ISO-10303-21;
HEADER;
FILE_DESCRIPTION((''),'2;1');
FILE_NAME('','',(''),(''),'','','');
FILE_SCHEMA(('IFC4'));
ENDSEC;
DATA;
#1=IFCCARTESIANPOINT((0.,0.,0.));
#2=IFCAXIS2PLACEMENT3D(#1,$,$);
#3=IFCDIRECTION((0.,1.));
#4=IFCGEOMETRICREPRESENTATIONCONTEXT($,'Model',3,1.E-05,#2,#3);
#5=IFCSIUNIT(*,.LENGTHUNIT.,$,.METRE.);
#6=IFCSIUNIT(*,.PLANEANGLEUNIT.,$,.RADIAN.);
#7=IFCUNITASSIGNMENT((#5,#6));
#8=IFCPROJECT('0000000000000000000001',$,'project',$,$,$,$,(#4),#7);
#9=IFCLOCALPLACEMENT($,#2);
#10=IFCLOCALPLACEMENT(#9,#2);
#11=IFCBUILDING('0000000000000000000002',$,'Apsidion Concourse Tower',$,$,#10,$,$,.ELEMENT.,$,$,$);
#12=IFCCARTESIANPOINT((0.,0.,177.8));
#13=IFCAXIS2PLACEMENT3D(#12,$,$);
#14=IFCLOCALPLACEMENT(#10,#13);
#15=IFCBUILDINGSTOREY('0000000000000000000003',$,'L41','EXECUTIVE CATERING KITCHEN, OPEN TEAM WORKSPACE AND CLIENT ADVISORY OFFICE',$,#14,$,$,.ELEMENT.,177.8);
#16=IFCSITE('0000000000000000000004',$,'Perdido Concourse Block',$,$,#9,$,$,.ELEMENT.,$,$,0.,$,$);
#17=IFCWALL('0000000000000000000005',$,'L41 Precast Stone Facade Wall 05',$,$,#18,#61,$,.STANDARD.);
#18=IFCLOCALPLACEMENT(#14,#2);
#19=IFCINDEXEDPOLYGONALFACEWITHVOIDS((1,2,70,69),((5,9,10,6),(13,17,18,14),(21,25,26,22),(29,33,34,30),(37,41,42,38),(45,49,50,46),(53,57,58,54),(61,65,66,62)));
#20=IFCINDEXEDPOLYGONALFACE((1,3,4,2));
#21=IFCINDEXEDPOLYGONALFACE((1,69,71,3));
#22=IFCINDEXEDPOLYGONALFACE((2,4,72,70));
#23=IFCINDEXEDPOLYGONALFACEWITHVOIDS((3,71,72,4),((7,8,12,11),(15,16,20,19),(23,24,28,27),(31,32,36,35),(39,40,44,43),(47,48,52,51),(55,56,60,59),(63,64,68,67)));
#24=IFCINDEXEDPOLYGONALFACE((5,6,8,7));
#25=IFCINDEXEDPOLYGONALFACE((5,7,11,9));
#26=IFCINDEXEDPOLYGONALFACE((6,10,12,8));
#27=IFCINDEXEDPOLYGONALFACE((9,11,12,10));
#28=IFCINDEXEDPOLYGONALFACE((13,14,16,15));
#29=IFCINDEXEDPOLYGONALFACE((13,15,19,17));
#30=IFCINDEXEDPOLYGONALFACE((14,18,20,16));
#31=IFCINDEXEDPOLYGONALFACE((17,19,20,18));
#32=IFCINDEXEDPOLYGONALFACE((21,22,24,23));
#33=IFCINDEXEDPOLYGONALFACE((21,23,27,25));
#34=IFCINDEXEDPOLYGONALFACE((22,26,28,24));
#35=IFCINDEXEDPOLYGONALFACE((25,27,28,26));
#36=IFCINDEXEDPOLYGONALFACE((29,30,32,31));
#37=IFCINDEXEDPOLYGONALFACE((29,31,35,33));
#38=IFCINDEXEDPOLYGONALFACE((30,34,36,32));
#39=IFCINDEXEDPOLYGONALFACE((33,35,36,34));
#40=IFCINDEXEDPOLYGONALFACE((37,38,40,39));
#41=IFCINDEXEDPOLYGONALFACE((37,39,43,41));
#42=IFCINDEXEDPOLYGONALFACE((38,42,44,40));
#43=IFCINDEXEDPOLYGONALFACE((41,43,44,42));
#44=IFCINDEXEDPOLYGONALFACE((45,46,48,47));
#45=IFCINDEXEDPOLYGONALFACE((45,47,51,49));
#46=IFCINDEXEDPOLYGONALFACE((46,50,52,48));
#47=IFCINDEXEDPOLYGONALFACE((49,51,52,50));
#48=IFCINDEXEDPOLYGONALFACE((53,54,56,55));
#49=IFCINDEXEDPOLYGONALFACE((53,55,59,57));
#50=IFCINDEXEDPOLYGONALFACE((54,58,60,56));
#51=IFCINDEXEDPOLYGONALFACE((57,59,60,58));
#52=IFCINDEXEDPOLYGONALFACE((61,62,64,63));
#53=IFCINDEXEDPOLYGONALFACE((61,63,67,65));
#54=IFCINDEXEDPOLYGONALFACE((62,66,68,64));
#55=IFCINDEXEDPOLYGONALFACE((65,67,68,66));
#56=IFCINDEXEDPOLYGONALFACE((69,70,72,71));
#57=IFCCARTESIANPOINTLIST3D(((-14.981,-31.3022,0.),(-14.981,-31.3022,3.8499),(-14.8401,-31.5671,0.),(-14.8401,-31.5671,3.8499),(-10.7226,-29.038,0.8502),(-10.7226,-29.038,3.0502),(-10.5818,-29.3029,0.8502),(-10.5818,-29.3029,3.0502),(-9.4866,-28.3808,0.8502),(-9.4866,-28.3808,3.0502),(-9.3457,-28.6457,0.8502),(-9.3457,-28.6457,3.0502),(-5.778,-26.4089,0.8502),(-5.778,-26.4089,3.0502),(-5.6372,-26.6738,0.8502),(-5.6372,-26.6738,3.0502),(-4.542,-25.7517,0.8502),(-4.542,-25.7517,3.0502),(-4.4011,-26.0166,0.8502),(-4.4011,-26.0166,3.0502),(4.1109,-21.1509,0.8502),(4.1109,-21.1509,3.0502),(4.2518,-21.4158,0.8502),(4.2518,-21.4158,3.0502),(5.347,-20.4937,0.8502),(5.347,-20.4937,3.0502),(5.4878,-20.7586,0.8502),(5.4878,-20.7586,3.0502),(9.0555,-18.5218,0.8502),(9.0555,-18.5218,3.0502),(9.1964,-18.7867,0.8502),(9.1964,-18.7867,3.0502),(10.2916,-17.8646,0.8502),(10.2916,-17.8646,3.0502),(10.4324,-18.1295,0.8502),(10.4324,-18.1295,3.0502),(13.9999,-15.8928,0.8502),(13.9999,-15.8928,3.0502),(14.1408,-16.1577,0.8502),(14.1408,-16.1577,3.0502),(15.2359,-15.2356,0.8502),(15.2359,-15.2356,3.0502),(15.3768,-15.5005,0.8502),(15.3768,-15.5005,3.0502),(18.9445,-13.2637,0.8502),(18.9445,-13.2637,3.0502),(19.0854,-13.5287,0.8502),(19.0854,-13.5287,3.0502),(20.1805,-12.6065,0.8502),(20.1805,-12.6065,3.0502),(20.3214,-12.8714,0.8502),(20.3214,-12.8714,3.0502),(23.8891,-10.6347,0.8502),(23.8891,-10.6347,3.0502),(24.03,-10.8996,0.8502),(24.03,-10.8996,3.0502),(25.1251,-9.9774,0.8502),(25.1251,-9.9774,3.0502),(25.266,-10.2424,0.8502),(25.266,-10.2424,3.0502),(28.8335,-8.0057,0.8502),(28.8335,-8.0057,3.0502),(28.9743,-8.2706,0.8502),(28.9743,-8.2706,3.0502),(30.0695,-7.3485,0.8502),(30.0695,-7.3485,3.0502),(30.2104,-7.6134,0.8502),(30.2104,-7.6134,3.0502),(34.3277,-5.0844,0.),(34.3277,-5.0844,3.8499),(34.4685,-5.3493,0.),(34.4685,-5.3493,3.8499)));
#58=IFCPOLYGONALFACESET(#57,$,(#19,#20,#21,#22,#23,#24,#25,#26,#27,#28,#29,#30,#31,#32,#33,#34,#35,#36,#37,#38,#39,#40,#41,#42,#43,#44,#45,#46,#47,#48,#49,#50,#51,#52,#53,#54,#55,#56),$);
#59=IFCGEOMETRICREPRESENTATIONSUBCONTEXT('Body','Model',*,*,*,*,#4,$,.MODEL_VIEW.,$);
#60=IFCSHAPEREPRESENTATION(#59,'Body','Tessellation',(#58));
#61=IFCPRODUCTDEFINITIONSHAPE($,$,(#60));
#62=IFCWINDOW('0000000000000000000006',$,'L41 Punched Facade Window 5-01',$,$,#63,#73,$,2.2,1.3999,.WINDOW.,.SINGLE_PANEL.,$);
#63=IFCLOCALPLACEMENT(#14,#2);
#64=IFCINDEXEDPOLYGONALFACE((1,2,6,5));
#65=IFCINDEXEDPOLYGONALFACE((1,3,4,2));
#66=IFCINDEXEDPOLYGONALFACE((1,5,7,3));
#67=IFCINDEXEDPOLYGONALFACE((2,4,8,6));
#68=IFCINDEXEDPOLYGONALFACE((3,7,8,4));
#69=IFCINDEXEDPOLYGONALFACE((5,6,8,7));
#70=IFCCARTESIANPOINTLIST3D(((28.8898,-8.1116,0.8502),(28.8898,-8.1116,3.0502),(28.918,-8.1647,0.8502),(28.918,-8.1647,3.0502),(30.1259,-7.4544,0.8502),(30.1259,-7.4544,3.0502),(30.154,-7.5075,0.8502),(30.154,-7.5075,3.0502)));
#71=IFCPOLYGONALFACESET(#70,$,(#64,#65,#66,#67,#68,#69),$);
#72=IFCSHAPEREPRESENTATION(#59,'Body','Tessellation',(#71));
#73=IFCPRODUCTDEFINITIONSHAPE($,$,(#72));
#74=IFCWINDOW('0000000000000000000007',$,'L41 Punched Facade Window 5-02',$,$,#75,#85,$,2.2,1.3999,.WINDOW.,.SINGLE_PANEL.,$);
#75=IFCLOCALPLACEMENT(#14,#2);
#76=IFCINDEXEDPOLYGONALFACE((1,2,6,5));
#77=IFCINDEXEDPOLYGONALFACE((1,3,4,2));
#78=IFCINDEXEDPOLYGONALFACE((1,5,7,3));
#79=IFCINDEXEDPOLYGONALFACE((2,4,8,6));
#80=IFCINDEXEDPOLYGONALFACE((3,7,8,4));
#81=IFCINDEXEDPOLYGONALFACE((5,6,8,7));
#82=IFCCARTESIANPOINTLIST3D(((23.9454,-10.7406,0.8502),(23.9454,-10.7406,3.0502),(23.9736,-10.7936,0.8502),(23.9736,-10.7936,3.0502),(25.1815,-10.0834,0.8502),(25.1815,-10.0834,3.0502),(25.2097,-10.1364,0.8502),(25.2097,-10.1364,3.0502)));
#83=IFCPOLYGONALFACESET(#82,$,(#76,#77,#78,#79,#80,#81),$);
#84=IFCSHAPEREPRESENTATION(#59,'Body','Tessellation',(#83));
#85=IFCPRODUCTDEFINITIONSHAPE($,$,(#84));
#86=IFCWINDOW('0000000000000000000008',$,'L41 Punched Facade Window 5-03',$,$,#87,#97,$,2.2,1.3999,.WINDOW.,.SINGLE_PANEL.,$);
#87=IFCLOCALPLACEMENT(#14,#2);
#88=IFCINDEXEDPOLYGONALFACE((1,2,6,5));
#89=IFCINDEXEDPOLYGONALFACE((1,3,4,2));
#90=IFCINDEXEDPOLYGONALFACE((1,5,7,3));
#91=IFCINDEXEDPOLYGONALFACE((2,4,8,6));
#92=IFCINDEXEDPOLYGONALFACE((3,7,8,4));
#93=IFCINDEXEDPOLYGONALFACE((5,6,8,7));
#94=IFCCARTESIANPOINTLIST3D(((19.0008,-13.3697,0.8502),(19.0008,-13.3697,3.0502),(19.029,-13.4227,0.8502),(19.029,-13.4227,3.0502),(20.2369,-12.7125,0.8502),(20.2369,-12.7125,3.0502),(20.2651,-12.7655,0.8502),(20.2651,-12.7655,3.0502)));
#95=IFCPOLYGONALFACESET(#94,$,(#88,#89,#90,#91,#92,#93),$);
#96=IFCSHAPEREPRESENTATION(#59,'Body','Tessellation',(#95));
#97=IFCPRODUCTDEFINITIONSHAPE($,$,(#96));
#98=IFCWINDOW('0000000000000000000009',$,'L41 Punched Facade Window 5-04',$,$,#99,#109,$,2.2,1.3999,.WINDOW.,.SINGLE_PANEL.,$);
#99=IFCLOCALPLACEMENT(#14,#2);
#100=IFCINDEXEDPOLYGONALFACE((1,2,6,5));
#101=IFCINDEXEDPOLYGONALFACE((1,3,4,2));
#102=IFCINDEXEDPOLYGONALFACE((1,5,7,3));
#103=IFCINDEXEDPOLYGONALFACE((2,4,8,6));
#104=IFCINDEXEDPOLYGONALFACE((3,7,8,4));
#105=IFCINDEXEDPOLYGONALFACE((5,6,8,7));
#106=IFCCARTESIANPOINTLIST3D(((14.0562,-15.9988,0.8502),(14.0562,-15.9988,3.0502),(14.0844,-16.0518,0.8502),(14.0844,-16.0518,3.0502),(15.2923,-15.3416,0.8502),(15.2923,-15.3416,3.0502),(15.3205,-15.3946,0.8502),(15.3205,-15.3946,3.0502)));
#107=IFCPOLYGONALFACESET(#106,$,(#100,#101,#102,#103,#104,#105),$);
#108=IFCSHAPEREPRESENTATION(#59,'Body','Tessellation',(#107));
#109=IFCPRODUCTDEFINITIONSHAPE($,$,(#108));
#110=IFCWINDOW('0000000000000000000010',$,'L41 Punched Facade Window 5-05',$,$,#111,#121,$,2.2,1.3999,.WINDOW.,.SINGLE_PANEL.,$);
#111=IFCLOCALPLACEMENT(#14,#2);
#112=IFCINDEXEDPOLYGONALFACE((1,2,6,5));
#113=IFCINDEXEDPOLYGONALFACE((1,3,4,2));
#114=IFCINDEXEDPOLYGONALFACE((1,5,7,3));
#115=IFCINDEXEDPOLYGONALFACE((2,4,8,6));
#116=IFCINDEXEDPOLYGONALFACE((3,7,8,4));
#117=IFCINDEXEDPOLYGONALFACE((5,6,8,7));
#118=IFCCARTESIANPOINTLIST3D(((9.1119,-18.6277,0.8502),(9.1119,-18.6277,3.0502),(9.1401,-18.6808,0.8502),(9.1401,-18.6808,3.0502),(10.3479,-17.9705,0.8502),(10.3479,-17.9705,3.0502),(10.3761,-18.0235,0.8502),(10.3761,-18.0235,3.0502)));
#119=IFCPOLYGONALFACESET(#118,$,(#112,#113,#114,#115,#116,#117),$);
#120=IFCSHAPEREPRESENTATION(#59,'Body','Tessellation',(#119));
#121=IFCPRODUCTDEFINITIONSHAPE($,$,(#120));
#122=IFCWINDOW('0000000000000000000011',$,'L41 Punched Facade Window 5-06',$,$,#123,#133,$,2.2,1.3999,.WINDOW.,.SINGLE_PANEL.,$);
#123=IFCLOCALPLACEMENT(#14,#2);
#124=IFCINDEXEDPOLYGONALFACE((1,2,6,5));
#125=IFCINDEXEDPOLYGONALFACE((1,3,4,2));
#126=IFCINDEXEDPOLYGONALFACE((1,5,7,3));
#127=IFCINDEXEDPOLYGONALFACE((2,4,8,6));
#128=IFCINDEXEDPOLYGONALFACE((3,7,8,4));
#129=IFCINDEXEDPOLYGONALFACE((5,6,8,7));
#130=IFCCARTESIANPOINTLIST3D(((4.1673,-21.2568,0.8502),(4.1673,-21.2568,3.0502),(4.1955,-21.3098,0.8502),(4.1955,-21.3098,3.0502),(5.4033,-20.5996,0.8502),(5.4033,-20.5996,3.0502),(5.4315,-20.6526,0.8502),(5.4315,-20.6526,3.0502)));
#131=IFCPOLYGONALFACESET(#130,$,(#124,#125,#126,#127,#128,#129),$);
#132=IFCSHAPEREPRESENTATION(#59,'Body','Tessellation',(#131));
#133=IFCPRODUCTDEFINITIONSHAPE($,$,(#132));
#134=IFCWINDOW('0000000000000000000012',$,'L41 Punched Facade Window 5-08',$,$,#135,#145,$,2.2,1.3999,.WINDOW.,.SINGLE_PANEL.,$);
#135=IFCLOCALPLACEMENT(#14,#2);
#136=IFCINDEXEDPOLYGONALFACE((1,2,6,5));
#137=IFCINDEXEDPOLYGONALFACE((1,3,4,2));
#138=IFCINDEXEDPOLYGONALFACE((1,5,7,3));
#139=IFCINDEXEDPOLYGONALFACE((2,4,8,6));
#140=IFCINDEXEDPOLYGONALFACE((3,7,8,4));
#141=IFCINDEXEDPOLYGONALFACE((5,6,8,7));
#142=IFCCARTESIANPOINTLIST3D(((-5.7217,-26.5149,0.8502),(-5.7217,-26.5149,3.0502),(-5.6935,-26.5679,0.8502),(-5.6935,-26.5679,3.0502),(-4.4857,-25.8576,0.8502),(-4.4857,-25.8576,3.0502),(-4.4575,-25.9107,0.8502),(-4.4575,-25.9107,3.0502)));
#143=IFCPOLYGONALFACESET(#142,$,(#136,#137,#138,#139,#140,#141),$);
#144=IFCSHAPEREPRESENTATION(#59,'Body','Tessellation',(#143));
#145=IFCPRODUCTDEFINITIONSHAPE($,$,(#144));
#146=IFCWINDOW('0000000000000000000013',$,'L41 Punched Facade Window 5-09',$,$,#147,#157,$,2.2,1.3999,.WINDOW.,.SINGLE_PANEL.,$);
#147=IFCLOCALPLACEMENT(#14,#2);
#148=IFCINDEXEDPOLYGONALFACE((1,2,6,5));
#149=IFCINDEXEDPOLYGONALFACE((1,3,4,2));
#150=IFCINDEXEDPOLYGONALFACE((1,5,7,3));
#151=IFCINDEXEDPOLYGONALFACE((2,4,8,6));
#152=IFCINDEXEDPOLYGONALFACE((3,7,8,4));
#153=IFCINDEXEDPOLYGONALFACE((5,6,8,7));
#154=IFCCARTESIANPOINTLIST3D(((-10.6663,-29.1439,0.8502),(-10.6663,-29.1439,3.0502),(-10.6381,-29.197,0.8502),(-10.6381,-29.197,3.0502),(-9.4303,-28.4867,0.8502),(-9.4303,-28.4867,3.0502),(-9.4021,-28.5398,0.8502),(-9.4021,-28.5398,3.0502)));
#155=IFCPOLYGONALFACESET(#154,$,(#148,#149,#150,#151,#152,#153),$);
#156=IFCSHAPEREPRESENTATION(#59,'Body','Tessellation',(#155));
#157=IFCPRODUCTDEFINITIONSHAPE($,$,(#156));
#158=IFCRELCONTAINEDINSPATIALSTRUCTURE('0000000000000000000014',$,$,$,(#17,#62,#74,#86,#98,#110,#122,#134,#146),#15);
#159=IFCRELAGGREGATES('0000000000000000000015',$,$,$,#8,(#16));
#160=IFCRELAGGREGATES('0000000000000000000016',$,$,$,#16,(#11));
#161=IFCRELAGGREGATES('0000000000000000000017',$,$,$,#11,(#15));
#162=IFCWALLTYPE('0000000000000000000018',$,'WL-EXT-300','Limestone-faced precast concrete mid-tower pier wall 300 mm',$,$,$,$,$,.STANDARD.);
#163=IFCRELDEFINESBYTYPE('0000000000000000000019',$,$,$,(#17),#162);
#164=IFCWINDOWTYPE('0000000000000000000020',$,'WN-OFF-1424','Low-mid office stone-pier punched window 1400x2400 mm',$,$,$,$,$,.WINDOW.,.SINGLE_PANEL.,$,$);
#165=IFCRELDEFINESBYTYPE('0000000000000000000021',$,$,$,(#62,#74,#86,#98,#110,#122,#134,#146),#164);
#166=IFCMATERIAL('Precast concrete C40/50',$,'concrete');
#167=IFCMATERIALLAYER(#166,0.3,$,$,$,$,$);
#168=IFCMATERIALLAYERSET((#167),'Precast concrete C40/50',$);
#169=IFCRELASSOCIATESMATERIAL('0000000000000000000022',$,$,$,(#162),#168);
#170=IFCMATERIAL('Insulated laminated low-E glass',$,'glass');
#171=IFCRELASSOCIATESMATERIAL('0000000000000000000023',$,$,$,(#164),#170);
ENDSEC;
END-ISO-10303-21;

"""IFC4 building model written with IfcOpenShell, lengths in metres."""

from ifc_helpers import new_model, si_unit, direction, frame, frame_2d, origin, place, context, subcontext, project, spatial, rectangle, extrude, material, layer, layer_set, type_object, element, fill, save


model = new_model("IFC4")

# Units and contexts
model_context = context("Model", 3, precision=1e-05, world=origin(), true_north=direction((0.0, 1.0)))
body_context = subcontext(model_context, "Body", "Model", "MODEL_VIEW")
ifc_project = project(units=[si_unit("LENGTHUNIT", "METRE"), si_unit("PLANEANGLEUNIT", "RADIAN")], contexts=[model_context])

# Site, building, storey
site_placement = place(None, origin())
site = spatial("IfcSite", under=ifc_project, at=site_placement, Name="Perdido Concourse Block", CompositionType="ELEMENT", RefElevation=0.0)
building_placement = place(site_placement, origin())
building = spatial("IfcBuilding", under=site, at=building_placement, Name="Apsidion Concourse Tower", CompositionType="ELEMENT")
storey_placement = place(building_placement, frame((0.0, 0.0, 177.8)))
storey = spatial("IfcBuildingStorey", under=building, at=storey_placement, Name="L41", Description="EXECUTIVE CATERING KITCHEN, OPEN TEAM WORKSPACE AND CLIENT ADVISORY OFFICE", CompositionType="ELEMENT", Elevation=177.8)

# Shared definitions
ifc_material_1 = material(Name="Precast concrete C40/50", Category="concrete")
ifc_layer_1 = layer(ifc_material_1, 0.3)
ifc_layer_set_1 = layer_set([ifc_layer_1], Name="Precast concrete C40/50")
wall_type_1 = type_object("IfcWallType", Name="WL-EXT-300", Description="Limestone-faced precast concrete mid-tower pier wall 300 mm", PredefinedType="STANDARD", material=ifc_layer_set_1)

# Wall, openings, windows
wall_1_placement = place(storey_placement, frame((34.3982, -5.2168, 0.0), z_axis=(0.0, 0.0, 1.0), x_axis=(-0.882948, -0.469471, 0.0)))
wall_1 = element("IfcWall", 1, at=wall_1_placement, inside=storey, type_object=wall_type_1, Name="L41 Precast Stone Facade Wall 05", PredefinedType="STANDARD", context=body_context, shape_type="SweptSolid", body=[
    extrude(rectangle(XDim=55.8455, YDim=0.3, at=frame_2d((27.9229, 0.0))), origin(), (0.0, 0.0, 1.0), 3.8499),
])
opening_1_placement = place(wall_1_placement, frame((4.8228, 0.0, 0.8501)))
opening_1 = element("IfcOpeningElement", 2, at=opening_1_placement, cuts=wall_1, PredefinedType="OPENING", context=body_context, shape_type="SweptSolid", body=[
    extrude(rectangle(XDim=1.3999, YDim=2.2, at=frame_2d((0.7, 1.1001))), frame((0.0, 0.1602, 0.0), z_axis=(0.0, -1.0, 0.0), x_axis=(1.0, 0.0, 0.0)), (0.0, 0.0, 1.0), 0.3201),
])
opening_2_placement = place(wall_1_placement, frame((10.4226, 0.0, 0.8501)))
opening_2 = element("IfcOpeningElement", 3, at=opening_2_placement, cuts=wall_1, PredefinedType="OPENING", context=body_context, shape_type="SweptSolid", body=[
    extrude(rectangle(XDim=1.3999, YDim=2.2, at=frame_2d((0.7, 1.1001))), frame((0.0, 0.1602, 0.0), z_axis=(0.0, -1.0, 0.0), x_axis=(1.0, 0.0, 0.0)), (0.0, 0.0, 1.0), 0.3201),
])
opening_3_placement = place(wall_1_placement, frame((16.0227, 0.0, 0.8501)))
opening_3 = element("IfcOpeningElement", 4, at=opening_3_placement, cuts=wall_1, PredefinedType="OPENING", context=body_context, shape_type="SweptSolid", body=[
    extrude(rectangle(XDim=1.3999, YDim=2.2, at=frame_2d((0.7, 1.1001))), frame((0.0, 0.1602, 0.0), z_axis=(0.0, -1.0, 0.0), x_axis=(1.0, 0.0, 0.0)), (0.0, 0.0, 1.0), 0.3201),
])
opening_4_placement = place(wall_1_placement, frame((21.6228, 0.0, 0.8501)))
opening_4 = element("IfcOpeningElement", 5, at=opening_4_placement, cuts=wall_1, PredefinedType="OPENING", context=body_context, shape_type="SweptSolid", body=[
    extrude(rectangle(XDim=1.3999, YDim=2.2, at=frame_2d((0.7, 1.1001))), frame((0.0, 0.1602, 0.0), z_axis=(0.0, -1.0, 0.0), x_axis=(1.0, 0.0, 0.0)), (0.0, 0.0, 1.0), 0.3201),
])
opening_5_placement = place(wall_1_placement, frame((27.2227, 0.0, 0.8501)))
opening_5 = element("IfcOpeningElement", 6, at=opening_5_placement, cuts=wall_1, PredefinedType="OPENING", context=body_context, shape_type="SweptSolid", body=[
    extrude(rectangle(XDim=1.3999, YDim=2.2, at=frame_2d((0.7, 1.1001))), frame((0.0, 0.1602, 0.0), z_axis=(0.0, -1.0, 0.0), x_axis=(1.0, 0.0, 0.0)), (0.0, 0.0, 1.0), 0.3201),
])
opening_6_placement = place(wall_1_placement, frame((32.8228, 0.0, 0.8501)))
opening_6 = element("IfcOpeningElement", 7, at=opening_6_placement, cuts=wall_1, PredefinedType="OPENING", context=body_context, shape_type="SweptSolid", body=[
    extrude(rectangle(XDim=1.3999, YDim=2.2, at=frame_2d((0.7, 1.1001))), frame((0.0, 0.1602, 0.0), z_axis=(0.0, -1.0, 0.0), x_axis=(1.0, 0.0, 0.0)), (0.0, 0.0, 1.0), 0.3201),
])
opening_7_placement = place(wall_1_placement, frame((44.0227, 0.0, 0.8501)))
opening_7 = element("IfcOpeningElement", 8, at=opening_7_placement, cuts=wall_1, PredefinedType="OPENING", context=body_context, shape_type="SweptSolid", body=[
    extrude(rectangle(XDim=1.3999, YDim=2.2, at=frame_2d((0.7, 1.1001))), frame((0.0, 0.1602, 0.0), z_axis=(0.0, -1.0, 0.0), x_axis=(1.0, 0.0, 0.0)), (0.0, 0.0, 1.0), 0.3201),
])
opening_8_placement = place(wall_1_placement, frame((49.6228, 0.0, 0.8501)))
opening_8 = element("IfcOpeningElement", 9, at=opening_8_placement, cuts=wall_1, PredefinedType="OPENING", context=body_context, shape_type="SweptSolid", body=[
    extrude(rectangle(XDim=1.3999, YDim=2.2, at=frame_2d((0.7, 1.1001))), frame((0.0, 0.1602, 0.0), z_axis=(0.0, -1.0, 0.0), x_axis=(1.0, 0.0, 0.0)), (0.0, 0.0, 1.0), 0.3201),
])
ifc_material_2 = material(Name="Insulated laminated low-E glass", Category="glass")
window_type = type_object("IfcWindowType", Name="WN-OFF-1424", Description="Low-mid office stone-pier punched window 1400x2400 mm", PartitioningType="SINGLE_PANEL", PredefinedType="WINDOW", material=ifc_material_2)
window_1_placement = place(opening_1_placement, origin())
window_1 = element("IfcWindow", 10, at=window_1_placement, inside=storey, type_object=window_type, Name="L41 Punched Facade Window 5-01", OverallHeight=2.2, OverallWidth=1.3999, PartitioningType="SINGLE_PANEL", PredefinedType="WINDOW", context=body_context, shape_type="SweptSolid", body=[
    extrude(rectangle(XDim=1.3999, YDim=2.2, at=frame_2d((0.7, 1.1001))), frame((0.0, 0.03, 0.0), z_axis=(0.0, -1.0, 0.0), x_axis=(1.0, 0.0, 0.0)), (0.0, 0.0, 1.0), 0.0601),
])
fill(opening_1, window_1)
window_2_placement = place(opening_2_placement, origin())
window_2 = element("IfcWindow", 11, at=window_2_placement, inside=storey, type_object=window_type, Name="L41 Punched Facade Window 5-02", OverallHeight=2.2, OverallWidth=1.3999, PartitioningType="SINGLE_PANEL", PredefinedType="WINDOW", context=body_context, shape_type="SweptSolid", body=[
    extrude(rectangle(XDim=1.3999, YDim=2.2, at=frame_2d((0.7, 1.1001))), frame((0.0, 0.03, 0.0), z_axis=(0.0, -1.0, 0.0), x_axis=(1.0, 0.0, 0.0)), (0.0, 0.0, 1.0), 0.0601),
])
fill(opening_2, window_2)
window_3_placement = place(opening_3_placement, origin())
window_3 = element("IfcWindow", 12, at=window_3_placement, inside=storey, type_object=window_type, Name="L41 Punched Facade Window 5-03", OverallHeight=2.2, OverallWidth=1.3999, PartitioningType="SINGLE_PANEL", PredefinedType="WINDOW", context=body_context, shape_type="SweptSolid", body=[
    extrude(rectangle(XDim=1.3999, YDim=2.2, at=frame_2d((0.7, 1.1001))), frame((0.0, 0.03, 0.0), z_axis=(0.0, -1.0, 0.0), x_axis=(1.0, 0.0, 0.0)), (0.0, 0.0, 1.0), 0.0601),
])
fill(opening_3, window_3)
window_4_placement = place(opening_4_placement, origin())
window_4 = element("IfcWindow", 13, at=window_4_placement, inside=storey, type_object=window_type, Name="L41 Punched Facade Window 5-04", OverallHeight=2.2, OverallWidth=1.3999, PartitioningType="SINGLE_PANEL", PredefinedType="WINDOW", context=body_context, shape_type="SweptSolid", body=[
    extrude(rectangle(XDim=1.3999, YDim=2.2, at=frame_2d((0.7, 1.1001))), frame((0.0, 0.03, 0.0), z_axis=(0.0, -1.0, 0.0), x_axis=(1.0, 0.0, 0.0)), (0.0, 0.0, 1.0), 0.0601),
])
fill(opening_4, window_4)
window_5_placement = place(opening_5_placement, origin())
window_5 = element("IfcWindow", 14, at=window_5_placement, inside=storey, type_object=window_type, Name="L41 Punched Facade Window 5-05", OverallHeight=2.2, OverallWidth=1.3999, PartitioningType="SINGLE_PANEL", PredefinedType="WINDOW", context=body_context, shape_type="SweptSolid", body=[
    extrude(rectangle(XDim=1.3999, YDim=2.2, at=frame_2d((0.7, 1.1001))), frame((0.0, 0.03, 0.0), z_axis=(0.0, -1.0, 0.0), x_axis=(1.0, 0.0, 0.0)), (0.0, 0.0, 1.0), 0.0601),
])
fill(opening_5, window_5)
window_6_placement = place(opening_6_placement, origin())
window_6 = element("IfcWindow", 15, at=window_6_placement, inside=storey, type_object=window_type, Name="L41 Punched Facade Window 5-06", OverallHeight=2.2, OverallWidth=1.3999, PartitioningType="SINGLE_PANEL", PredefinedType="WINDOW", context=body_context, shape_type="SweptSolid", body=[
    extrude(rectangle(XDim=1.3999, YDim=2.2, at=frame_2d((0.7, 1.1001))), frame((0.0, 0.03, 0.0), z_axis=(0.0, -1.0, 0.0), x_axis=(1.0, 0.0, 0.0)), (0.0, 0.0, 1.0), 0.0601),
])
fill(opening_6, window_6)
window_7_placement = place(opening_7_placement, origin())
window_7 = element("IfcWindow", 16, at=window_7_placement, inside=storey, type_object=window_type, Name="L41 Punched Facade Window 5-08", OverallHeight=2.2, OverallWidth=1.3999, PartitioningType="SINGLE_PANEL", PredefinedType="WINDOW", context=body_context, shape_type="SweptSolid", body=[
    extrude(rectangle(XDim=1.3999, YDim=2.2, at=frame_2d((0.7, 1.1001))), frame((0.0, 0.03, 0.0), z_axis=(0.0, -1.0, 0.0), x_axis=(1.0, 0.0, 0.0)), (0.0, 0.0, 1.0), 0.0601),
])
fill(opening_7, window_7)
window_8_placement = place(opening_8_placement, origin())
window_8 = element("IfcWindow", 17, at=window_8_placement, inside=storey, type_object=window_type, Name="L41 Punched Facade Window 5-09", OverallHeight=2.2, OverallWidth=1.3999, PartitioningType="SINGLE_PANEL", PredefinedType="WINDOW", context=body_context, shape_type="SweptSolid", body=[
    extrude(rectangle(XDim=1.3999, YDim=2.2, at=frame_2d((0.7, 1.1001))), frame((0.0, 0.03, 0.0), z_axis=(0.0, -1.0, 0.0), x_axis=(1.0, 0.0, 0.0)), (0.0, 0.0, 1.0), 0.0601),
])
fill(opening_8, window_8)

save(model, "model.ifc")
